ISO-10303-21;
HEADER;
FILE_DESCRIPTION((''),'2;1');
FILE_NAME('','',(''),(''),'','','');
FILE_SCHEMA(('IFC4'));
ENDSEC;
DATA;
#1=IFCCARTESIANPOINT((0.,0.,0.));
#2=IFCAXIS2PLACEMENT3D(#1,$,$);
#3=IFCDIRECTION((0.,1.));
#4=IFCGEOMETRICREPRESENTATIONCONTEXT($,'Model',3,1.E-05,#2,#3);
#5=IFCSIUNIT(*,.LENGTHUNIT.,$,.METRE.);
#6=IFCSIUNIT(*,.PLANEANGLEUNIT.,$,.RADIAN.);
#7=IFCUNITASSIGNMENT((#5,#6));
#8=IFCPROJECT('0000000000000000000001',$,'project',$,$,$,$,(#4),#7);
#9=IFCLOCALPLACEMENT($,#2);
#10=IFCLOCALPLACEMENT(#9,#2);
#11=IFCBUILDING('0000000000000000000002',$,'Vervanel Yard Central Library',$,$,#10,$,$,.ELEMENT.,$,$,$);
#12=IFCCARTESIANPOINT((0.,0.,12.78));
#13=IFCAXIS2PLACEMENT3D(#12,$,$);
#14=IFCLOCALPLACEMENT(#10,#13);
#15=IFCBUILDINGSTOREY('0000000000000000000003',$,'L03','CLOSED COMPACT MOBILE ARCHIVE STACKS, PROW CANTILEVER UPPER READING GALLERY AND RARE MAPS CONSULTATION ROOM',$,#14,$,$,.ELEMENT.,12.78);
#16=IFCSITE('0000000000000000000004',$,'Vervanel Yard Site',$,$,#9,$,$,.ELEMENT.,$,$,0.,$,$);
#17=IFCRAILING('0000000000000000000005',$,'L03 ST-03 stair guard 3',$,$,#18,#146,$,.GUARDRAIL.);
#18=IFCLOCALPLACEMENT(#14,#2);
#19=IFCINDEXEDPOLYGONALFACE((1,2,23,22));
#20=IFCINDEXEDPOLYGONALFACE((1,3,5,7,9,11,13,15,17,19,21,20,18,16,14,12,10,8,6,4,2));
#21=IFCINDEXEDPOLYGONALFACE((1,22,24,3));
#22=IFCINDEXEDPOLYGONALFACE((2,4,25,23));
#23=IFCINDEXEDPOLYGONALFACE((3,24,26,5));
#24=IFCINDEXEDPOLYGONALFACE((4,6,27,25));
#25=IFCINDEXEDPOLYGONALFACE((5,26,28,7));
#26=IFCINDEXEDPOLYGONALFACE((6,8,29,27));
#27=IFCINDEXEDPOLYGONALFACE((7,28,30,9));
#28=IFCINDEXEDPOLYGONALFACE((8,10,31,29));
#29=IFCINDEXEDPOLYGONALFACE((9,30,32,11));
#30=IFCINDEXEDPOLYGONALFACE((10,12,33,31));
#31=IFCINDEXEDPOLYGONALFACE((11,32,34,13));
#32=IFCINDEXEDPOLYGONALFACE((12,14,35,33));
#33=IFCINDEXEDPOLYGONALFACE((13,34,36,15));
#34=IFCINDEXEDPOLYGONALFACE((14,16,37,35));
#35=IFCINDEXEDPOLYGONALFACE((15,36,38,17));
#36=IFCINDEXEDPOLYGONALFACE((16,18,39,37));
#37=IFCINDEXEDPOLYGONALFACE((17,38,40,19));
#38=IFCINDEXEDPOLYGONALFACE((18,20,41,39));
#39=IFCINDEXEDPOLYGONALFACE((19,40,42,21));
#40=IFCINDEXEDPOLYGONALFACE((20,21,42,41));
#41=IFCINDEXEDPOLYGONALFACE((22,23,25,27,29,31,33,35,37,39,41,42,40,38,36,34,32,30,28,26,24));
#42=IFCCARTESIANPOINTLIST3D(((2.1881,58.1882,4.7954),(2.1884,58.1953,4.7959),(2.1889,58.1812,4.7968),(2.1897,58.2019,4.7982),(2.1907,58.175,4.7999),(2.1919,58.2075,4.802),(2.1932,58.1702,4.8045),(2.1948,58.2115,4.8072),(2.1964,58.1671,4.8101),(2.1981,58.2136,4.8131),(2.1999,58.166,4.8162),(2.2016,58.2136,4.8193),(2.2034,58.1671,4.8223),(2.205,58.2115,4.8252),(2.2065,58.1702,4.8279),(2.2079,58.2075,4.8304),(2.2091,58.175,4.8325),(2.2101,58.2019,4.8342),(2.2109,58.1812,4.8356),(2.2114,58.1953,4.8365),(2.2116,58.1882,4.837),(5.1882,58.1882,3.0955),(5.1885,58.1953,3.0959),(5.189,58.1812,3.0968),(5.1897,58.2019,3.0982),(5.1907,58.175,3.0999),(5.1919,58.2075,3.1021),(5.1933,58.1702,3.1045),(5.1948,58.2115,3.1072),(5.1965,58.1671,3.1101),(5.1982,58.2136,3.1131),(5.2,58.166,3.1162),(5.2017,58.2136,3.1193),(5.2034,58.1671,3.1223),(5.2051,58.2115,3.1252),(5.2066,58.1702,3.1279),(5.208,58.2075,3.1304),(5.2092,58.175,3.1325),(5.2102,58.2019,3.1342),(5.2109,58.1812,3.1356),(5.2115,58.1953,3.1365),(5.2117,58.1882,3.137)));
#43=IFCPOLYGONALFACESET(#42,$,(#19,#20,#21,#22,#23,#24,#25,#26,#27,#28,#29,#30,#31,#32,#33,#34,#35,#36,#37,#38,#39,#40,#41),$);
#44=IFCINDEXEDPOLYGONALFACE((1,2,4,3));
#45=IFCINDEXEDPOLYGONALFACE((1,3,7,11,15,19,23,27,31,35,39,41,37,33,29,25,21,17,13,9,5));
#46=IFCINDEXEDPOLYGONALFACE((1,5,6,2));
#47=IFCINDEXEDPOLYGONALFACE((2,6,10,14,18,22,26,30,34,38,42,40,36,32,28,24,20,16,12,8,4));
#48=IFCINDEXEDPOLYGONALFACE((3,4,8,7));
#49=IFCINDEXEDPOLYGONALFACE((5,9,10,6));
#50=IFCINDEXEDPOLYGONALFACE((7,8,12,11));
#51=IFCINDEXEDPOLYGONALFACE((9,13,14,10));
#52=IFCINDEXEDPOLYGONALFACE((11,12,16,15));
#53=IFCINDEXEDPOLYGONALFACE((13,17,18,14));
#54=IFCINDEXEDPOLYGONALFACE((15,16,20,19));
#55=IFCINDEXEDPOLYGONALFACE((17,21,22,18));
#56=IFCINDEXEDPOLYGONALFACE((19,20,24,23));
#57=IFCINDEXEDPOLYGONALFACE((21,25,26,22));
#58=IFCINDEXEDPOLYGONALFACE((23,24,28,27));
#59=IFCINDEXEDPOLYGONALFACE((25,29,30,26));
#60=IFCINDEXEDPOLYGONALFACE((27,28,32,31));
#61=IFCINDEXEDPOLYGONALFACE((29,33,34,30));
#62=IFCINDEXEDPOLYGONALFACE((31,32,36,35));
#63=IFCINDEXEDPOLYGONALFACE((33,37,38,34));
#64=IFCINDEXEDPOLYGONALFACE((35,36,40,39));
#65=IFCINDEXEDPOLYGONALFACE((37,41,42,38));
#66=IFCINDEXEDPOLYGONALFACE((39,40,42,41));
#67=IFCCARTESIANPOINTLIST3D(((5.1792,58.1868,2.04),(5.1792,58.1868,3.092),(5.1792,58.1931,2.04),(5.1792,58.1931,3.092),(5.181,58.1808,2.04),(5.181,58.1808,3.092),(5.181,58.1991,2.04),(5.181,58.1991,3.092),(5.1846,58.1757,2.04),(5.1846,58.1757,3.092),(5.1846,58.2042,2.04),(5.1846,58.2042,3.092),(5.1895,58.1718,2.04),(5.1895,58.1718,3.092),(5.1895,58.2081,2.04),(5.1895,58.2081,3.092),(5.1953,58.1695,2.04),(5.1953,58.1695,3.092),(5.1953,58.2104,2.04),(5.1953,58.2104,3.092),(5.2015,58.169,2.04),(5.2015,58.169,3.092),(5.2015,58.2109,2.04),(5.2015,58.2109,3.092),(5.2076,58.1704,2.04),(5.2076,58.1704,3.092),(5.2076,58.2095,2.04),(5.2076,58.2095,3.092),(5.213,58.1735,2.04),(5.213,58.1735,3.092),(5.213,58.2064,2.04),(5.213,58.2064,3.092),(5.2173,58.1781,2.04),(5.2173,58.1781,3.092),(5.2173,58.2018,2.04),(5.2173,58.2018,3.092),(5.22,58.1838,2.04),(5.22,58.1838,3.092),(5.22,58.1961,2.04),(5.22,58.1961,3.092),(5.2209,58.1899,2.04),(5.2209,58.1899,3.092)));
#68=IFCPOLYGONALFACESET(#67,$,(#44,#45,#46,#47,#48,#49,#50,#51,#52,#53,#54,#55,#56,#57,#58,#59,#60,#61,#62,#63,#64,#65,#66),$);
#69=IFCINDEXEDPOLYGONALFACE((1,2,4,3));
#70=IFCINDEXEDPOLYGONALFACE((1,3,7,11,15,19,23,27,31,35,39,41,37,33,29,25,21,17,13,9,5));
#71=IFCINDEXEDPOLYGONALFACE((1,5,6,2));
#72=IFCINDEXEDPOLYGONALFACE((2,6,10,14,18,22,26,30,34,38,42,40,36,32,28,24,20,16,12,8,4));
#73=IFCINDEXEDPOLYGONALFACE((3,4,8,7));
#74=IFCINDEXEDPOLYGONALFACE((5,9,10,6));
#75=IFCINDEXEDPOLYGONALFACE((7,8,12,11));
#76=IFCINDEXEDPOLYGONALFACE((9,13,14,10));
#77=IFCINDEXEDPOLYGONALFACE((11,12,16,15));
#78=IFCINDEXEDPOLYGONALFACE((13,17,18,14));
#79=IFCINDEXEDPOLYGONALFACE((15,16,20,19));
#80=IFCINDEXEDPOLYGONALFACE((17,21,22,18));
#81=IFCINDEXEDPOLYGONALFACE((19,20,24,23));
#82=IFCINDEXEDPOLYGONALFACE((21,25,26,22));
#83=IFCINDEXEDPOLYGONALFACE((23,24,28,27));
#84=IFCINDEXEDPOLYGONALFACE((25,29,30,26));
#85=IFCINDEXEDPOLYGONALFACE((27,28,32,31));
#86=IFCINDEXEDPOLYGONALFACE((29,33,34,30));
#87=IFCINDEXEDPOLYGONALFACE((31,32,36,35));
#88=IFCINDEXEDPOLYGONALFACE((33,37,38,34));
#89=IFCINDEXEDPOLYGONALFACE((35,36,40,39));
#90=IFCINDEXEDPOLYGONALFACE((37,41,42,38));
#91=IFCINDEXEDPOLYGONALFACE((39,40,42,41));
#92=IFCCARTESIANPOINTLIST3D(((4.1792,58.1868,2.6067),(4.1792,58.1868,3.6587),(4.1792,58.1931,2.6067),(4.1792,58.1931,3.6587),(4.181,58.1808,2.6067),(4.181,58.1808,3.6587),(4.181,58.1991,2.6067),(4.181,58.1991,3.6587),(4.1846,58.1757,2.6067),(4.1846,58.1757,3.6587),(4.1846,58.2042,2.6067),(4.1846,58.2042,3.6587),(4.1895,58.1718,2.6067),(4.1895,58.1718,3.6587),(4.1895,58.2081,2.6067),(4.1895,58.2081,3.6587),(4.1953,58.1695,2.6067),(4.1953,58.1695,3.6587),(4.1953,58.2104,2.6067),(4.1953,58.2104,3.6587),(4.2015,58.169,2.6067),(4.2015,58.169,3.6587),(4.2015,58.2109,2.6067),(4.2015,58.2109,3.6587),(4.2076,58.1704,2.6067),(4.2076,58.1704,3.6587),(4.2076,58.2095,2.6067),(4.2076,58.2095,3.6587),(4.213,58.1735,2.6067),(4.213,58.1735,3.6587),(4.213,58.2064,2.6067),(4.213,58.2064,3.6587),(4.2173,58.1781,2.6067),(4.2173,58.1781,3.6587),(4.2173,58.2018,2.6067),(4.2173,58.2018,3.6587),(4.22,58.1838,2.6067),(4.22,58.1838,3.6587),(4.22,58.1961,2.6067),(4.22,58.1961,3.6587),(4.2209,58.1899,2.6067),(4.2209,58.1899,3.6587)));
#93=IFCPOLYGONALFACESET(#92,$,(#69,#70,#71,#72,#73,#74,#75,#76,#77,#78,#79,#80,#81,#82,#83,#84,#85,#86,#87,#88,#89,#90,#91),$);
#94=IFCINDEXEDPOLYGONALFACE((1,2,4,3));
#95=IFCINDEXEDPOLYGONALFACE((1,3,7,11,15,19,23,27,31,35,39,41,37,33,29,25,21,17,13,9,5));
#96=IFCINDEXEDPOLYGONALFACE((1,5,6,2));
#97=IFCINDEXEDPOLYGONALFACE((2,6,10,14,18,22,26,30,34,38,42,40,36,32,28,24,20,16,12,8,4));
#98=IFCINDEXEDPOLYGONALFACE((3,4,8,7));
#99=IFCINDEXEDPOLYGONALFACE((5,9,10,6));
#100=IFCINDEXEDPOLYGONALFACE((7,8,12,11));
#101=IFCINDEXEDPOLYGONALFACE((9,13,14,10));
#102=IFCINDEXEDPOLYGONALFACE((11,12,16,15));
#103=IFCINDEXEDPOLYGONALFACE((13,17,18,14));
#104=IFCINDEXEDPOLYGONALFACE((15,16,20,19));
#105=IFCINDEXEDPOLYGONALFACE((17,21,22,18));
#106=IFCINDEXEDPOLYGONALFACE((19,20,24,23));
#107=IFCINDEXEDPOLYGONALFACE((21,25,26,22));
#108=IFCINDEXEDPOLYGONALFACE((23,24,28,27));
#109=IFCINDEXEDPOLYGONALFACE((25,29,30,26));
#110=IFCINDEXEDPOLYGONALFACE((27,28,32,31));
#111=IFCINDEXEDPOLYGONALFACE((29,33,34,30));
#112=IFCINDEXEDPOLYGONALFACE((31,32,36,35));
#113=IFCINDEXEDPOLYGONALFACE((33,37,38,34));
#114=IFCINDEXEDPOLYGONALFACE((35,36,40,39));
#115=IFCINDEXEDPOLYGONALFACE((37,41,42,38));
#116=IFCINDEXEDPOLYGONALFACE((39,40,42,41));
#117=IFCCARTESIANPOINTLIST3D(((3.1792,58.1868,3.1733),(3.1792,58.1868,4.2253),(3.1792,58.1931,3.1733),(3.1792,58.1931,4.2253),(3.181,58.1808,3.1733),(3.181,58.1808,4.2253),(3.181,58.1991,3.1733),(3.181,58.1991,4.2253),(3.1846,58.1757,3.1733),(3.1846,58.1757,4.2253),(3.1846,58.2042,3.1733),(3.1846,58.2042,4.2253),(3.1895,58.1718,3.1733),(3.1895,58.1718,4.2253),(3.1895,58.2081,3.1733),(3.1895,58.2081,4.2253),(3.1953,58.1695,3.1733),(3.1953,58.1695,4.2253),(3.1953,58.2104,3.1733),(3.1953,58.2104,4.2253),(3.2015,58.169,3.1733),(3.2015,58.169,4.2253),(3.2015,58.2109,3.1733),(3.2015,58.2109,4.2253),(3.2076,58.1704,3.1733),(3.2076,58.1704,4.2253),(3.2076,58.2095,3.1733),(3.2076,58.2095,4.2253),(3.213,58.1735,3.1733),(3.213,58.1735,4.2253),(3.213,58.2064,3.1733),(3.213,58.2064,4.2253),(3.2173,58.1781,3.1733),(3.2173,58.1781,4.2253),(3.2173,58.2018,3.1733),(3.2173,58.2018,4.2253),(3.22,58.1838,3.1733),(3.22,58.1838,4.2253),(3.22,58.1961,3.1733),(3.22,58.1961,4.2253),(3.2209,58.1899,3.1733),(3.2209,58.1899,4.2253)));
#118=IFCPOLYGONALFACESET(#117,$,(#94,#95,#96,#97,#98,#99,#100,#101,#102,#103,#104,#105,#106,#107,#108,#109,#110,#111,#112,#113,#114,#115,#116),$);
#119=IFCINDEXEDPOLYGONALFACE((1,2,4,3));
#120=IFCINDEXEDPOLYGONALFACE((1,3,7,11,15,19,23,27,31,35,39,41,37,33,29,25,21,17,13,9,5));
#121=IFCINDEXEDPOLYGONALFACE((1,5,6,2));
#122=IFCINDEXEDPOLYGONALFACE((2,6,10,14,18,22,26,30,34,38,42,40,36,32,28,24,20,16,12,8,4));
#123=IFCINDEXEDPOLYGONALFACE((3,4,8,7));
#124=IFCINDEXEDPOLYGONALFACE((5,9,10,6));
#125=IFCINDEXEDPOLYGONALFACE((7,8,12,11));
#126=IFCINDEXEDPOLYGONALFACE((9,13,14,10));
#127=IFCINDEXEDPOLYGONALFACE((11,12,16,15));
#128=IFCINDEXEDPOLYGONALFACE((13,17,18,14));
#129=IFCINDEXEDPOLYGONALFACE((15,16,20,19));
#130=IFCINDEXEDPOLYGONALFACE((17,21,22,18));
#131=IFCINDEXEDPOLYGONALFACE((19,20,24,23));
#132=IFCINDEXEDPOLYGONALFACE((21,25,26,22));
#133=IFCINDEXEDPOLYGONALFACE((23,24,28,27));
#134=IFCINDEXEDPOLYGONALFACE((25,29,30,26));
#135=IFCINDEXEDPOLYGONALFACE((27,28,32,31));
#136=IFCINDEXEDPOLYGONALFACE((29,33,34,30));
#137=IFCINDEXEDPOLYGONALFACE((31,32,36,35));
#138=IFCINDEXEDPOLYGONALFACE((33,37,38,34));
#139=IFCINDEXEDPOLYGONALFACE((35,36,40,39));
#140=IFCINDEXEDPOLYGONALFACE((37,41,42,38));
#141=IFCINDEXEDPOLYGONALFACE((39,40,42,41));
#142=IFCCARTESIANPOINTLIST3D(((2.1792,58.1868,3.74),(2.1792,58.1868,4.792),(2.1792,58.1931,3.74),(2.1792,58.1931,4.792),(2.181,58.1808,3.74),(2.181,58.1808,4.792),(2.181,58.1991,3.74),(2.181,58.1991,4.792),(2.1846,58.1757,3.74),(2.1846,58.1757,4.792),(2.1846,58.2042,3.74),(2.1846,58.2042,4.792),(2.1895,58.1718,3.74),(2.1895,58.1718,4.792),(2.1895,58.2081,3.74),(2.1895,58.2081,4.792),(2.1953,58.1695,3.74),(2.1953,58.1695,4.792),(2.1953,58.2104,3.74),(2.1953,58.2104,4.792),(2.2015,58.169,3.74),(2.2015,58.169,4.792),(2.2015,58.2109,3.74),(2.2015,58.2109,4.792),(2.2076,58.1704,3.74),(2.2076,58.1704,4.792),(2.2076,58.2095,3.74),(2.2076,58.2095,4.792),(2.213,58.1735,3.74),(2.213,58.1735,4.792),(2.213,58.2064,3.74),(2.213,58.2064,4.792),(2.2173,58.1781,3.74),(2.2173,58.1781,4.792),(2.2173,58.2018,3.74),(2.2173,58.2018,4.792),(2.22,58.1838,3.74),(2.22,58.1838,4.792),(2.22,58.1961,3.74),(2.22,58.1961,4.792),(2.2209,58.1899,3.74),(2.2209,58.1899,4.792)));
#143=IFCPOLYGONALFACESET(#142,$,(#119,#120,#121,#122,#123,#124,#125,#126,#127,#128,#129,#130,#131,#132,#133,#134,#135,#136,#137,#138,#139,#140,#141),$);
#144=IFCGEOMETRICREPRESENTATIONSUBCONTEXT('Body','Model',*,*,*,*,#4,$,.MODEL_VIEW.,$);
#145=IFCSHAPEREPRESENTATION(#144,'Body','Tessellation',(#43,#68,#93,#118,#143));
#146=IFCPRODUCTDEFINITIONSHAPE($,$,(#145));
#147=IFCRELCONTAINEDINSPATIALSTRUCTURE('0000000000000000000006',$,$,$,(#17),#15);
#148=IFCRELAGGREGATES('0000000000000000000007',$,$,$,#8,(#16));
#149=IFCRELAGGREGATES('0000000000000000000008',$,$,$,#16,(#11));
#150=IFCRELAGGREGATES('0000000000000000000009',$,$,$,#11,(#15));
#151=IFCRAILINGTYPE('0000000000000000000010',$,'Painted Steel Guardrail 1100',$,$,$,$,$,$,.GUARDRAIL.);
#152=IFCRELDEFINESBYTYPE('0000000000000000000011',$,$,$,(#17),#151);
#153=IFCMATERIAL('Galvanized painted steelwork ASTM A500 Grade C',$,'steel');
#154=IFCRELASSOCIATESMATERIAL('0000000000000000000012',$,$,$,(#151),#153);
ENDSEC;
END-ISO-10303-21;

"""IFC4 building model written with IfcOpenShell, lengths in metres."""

from ifc_helpers import new_model, si_unit, direction, frame, origin, origin_2d, place, context, subcontext, project, spatial, circle, extrude, material, type_object, element, save


model = new_model("IFC4")

# Units and contexts
model_context = context("Model", 3, precision=1e-05, world=origin(), true_north=direction((0.0, 1.0)))
body_context = subcontext(model_context, "Body", "Model", "MODEL_VIEW")
ifc_project = project(units=[si_unit("LENGTHUNIT", "METRE"), si_unit("PLANEANGLEUNIT", "RADIAN")], contexts=[model_context])

# Site, building, storey
site_placement = place(None, origin())
site = spatial("IfcSite", under=ifc_project, at=site_placement, Name="Vervanel Yard Site", CompositionType="ELEMENT", RefElevation=0.0)
building_placement = place(site_placement, origin())
building = spatial("IfcBuilding", under=site, at=building_placement, Name="Vervanel Yard Central Library", CompositionType="ELEMENT")
storey_placement = place(building_placement, frame((0.0, 0.0, 12.78)))
storey = spatial("IfcBuildingStorey", under=building, at=storey_placement, Name="L03", Description="CLOSED COMPACT MOBILE ARCHIVE STACKS, PROW CANTILEVER UPPER READING GALLERY AND RARE MAPS CONSULTATION ROOM", CompositionType="ELEMENT", Elevation=12.78)

# Shared definitions
ifc_material_1 = material(Name="Galvanized painted steelwork ASTM A500 Grade C", Category="steel")

# Railing
railing_type_1 = type_object("IfcRailingType", Name="Painted Steel Guardrail 1100", PredefinedType="GUARDRAIL", material=ifc_material_1)
railing_1_placement = place(storey_placement, frame((5.2, 58.1899, 2.04)))
element("IfcRailing", 1, at=railing_1_placement, inside=storey, type_object=railing_type_1, Name="L03 ST-03 stair guard 3", PredefinedType="GUARDRAIL", context=body_context, shape_type="SweptSolid", body=[
    extrude(circle(Radius=0.0239, at=origin_2d()), frame((0.0, 0.0, 1.0762), z_axis=(-0.870028, 0.0, 0.493002), x_axis=(0.0, -1.0, 0.0)), (0.0, 0.0, 1.0), 3.4482),
    extrude(circle(Radius=0.021, at=origin_2d()), origin(), (0.0, 0.0, 1.0), 1.052),
    extrude(circle(Radius=0.021, at=origin_2d()), frame((-1.0, 0.0, 0.5667)), (0.0, 0.0, 1.0), 1.052),
    extrude(circle(Radius=0.021, at=origin_2d()), frame((-2.0, 0.0, 1.1333)), (0.0, 0.0, 1.0), 1.052),
    extrude(circle(Radius=0.021, at=origin_2d()), frame((-3.0, 0.0, 1.7)), (0.0, 0.0, 1.0), 1.052),
])

save(model, "model.ifc")
